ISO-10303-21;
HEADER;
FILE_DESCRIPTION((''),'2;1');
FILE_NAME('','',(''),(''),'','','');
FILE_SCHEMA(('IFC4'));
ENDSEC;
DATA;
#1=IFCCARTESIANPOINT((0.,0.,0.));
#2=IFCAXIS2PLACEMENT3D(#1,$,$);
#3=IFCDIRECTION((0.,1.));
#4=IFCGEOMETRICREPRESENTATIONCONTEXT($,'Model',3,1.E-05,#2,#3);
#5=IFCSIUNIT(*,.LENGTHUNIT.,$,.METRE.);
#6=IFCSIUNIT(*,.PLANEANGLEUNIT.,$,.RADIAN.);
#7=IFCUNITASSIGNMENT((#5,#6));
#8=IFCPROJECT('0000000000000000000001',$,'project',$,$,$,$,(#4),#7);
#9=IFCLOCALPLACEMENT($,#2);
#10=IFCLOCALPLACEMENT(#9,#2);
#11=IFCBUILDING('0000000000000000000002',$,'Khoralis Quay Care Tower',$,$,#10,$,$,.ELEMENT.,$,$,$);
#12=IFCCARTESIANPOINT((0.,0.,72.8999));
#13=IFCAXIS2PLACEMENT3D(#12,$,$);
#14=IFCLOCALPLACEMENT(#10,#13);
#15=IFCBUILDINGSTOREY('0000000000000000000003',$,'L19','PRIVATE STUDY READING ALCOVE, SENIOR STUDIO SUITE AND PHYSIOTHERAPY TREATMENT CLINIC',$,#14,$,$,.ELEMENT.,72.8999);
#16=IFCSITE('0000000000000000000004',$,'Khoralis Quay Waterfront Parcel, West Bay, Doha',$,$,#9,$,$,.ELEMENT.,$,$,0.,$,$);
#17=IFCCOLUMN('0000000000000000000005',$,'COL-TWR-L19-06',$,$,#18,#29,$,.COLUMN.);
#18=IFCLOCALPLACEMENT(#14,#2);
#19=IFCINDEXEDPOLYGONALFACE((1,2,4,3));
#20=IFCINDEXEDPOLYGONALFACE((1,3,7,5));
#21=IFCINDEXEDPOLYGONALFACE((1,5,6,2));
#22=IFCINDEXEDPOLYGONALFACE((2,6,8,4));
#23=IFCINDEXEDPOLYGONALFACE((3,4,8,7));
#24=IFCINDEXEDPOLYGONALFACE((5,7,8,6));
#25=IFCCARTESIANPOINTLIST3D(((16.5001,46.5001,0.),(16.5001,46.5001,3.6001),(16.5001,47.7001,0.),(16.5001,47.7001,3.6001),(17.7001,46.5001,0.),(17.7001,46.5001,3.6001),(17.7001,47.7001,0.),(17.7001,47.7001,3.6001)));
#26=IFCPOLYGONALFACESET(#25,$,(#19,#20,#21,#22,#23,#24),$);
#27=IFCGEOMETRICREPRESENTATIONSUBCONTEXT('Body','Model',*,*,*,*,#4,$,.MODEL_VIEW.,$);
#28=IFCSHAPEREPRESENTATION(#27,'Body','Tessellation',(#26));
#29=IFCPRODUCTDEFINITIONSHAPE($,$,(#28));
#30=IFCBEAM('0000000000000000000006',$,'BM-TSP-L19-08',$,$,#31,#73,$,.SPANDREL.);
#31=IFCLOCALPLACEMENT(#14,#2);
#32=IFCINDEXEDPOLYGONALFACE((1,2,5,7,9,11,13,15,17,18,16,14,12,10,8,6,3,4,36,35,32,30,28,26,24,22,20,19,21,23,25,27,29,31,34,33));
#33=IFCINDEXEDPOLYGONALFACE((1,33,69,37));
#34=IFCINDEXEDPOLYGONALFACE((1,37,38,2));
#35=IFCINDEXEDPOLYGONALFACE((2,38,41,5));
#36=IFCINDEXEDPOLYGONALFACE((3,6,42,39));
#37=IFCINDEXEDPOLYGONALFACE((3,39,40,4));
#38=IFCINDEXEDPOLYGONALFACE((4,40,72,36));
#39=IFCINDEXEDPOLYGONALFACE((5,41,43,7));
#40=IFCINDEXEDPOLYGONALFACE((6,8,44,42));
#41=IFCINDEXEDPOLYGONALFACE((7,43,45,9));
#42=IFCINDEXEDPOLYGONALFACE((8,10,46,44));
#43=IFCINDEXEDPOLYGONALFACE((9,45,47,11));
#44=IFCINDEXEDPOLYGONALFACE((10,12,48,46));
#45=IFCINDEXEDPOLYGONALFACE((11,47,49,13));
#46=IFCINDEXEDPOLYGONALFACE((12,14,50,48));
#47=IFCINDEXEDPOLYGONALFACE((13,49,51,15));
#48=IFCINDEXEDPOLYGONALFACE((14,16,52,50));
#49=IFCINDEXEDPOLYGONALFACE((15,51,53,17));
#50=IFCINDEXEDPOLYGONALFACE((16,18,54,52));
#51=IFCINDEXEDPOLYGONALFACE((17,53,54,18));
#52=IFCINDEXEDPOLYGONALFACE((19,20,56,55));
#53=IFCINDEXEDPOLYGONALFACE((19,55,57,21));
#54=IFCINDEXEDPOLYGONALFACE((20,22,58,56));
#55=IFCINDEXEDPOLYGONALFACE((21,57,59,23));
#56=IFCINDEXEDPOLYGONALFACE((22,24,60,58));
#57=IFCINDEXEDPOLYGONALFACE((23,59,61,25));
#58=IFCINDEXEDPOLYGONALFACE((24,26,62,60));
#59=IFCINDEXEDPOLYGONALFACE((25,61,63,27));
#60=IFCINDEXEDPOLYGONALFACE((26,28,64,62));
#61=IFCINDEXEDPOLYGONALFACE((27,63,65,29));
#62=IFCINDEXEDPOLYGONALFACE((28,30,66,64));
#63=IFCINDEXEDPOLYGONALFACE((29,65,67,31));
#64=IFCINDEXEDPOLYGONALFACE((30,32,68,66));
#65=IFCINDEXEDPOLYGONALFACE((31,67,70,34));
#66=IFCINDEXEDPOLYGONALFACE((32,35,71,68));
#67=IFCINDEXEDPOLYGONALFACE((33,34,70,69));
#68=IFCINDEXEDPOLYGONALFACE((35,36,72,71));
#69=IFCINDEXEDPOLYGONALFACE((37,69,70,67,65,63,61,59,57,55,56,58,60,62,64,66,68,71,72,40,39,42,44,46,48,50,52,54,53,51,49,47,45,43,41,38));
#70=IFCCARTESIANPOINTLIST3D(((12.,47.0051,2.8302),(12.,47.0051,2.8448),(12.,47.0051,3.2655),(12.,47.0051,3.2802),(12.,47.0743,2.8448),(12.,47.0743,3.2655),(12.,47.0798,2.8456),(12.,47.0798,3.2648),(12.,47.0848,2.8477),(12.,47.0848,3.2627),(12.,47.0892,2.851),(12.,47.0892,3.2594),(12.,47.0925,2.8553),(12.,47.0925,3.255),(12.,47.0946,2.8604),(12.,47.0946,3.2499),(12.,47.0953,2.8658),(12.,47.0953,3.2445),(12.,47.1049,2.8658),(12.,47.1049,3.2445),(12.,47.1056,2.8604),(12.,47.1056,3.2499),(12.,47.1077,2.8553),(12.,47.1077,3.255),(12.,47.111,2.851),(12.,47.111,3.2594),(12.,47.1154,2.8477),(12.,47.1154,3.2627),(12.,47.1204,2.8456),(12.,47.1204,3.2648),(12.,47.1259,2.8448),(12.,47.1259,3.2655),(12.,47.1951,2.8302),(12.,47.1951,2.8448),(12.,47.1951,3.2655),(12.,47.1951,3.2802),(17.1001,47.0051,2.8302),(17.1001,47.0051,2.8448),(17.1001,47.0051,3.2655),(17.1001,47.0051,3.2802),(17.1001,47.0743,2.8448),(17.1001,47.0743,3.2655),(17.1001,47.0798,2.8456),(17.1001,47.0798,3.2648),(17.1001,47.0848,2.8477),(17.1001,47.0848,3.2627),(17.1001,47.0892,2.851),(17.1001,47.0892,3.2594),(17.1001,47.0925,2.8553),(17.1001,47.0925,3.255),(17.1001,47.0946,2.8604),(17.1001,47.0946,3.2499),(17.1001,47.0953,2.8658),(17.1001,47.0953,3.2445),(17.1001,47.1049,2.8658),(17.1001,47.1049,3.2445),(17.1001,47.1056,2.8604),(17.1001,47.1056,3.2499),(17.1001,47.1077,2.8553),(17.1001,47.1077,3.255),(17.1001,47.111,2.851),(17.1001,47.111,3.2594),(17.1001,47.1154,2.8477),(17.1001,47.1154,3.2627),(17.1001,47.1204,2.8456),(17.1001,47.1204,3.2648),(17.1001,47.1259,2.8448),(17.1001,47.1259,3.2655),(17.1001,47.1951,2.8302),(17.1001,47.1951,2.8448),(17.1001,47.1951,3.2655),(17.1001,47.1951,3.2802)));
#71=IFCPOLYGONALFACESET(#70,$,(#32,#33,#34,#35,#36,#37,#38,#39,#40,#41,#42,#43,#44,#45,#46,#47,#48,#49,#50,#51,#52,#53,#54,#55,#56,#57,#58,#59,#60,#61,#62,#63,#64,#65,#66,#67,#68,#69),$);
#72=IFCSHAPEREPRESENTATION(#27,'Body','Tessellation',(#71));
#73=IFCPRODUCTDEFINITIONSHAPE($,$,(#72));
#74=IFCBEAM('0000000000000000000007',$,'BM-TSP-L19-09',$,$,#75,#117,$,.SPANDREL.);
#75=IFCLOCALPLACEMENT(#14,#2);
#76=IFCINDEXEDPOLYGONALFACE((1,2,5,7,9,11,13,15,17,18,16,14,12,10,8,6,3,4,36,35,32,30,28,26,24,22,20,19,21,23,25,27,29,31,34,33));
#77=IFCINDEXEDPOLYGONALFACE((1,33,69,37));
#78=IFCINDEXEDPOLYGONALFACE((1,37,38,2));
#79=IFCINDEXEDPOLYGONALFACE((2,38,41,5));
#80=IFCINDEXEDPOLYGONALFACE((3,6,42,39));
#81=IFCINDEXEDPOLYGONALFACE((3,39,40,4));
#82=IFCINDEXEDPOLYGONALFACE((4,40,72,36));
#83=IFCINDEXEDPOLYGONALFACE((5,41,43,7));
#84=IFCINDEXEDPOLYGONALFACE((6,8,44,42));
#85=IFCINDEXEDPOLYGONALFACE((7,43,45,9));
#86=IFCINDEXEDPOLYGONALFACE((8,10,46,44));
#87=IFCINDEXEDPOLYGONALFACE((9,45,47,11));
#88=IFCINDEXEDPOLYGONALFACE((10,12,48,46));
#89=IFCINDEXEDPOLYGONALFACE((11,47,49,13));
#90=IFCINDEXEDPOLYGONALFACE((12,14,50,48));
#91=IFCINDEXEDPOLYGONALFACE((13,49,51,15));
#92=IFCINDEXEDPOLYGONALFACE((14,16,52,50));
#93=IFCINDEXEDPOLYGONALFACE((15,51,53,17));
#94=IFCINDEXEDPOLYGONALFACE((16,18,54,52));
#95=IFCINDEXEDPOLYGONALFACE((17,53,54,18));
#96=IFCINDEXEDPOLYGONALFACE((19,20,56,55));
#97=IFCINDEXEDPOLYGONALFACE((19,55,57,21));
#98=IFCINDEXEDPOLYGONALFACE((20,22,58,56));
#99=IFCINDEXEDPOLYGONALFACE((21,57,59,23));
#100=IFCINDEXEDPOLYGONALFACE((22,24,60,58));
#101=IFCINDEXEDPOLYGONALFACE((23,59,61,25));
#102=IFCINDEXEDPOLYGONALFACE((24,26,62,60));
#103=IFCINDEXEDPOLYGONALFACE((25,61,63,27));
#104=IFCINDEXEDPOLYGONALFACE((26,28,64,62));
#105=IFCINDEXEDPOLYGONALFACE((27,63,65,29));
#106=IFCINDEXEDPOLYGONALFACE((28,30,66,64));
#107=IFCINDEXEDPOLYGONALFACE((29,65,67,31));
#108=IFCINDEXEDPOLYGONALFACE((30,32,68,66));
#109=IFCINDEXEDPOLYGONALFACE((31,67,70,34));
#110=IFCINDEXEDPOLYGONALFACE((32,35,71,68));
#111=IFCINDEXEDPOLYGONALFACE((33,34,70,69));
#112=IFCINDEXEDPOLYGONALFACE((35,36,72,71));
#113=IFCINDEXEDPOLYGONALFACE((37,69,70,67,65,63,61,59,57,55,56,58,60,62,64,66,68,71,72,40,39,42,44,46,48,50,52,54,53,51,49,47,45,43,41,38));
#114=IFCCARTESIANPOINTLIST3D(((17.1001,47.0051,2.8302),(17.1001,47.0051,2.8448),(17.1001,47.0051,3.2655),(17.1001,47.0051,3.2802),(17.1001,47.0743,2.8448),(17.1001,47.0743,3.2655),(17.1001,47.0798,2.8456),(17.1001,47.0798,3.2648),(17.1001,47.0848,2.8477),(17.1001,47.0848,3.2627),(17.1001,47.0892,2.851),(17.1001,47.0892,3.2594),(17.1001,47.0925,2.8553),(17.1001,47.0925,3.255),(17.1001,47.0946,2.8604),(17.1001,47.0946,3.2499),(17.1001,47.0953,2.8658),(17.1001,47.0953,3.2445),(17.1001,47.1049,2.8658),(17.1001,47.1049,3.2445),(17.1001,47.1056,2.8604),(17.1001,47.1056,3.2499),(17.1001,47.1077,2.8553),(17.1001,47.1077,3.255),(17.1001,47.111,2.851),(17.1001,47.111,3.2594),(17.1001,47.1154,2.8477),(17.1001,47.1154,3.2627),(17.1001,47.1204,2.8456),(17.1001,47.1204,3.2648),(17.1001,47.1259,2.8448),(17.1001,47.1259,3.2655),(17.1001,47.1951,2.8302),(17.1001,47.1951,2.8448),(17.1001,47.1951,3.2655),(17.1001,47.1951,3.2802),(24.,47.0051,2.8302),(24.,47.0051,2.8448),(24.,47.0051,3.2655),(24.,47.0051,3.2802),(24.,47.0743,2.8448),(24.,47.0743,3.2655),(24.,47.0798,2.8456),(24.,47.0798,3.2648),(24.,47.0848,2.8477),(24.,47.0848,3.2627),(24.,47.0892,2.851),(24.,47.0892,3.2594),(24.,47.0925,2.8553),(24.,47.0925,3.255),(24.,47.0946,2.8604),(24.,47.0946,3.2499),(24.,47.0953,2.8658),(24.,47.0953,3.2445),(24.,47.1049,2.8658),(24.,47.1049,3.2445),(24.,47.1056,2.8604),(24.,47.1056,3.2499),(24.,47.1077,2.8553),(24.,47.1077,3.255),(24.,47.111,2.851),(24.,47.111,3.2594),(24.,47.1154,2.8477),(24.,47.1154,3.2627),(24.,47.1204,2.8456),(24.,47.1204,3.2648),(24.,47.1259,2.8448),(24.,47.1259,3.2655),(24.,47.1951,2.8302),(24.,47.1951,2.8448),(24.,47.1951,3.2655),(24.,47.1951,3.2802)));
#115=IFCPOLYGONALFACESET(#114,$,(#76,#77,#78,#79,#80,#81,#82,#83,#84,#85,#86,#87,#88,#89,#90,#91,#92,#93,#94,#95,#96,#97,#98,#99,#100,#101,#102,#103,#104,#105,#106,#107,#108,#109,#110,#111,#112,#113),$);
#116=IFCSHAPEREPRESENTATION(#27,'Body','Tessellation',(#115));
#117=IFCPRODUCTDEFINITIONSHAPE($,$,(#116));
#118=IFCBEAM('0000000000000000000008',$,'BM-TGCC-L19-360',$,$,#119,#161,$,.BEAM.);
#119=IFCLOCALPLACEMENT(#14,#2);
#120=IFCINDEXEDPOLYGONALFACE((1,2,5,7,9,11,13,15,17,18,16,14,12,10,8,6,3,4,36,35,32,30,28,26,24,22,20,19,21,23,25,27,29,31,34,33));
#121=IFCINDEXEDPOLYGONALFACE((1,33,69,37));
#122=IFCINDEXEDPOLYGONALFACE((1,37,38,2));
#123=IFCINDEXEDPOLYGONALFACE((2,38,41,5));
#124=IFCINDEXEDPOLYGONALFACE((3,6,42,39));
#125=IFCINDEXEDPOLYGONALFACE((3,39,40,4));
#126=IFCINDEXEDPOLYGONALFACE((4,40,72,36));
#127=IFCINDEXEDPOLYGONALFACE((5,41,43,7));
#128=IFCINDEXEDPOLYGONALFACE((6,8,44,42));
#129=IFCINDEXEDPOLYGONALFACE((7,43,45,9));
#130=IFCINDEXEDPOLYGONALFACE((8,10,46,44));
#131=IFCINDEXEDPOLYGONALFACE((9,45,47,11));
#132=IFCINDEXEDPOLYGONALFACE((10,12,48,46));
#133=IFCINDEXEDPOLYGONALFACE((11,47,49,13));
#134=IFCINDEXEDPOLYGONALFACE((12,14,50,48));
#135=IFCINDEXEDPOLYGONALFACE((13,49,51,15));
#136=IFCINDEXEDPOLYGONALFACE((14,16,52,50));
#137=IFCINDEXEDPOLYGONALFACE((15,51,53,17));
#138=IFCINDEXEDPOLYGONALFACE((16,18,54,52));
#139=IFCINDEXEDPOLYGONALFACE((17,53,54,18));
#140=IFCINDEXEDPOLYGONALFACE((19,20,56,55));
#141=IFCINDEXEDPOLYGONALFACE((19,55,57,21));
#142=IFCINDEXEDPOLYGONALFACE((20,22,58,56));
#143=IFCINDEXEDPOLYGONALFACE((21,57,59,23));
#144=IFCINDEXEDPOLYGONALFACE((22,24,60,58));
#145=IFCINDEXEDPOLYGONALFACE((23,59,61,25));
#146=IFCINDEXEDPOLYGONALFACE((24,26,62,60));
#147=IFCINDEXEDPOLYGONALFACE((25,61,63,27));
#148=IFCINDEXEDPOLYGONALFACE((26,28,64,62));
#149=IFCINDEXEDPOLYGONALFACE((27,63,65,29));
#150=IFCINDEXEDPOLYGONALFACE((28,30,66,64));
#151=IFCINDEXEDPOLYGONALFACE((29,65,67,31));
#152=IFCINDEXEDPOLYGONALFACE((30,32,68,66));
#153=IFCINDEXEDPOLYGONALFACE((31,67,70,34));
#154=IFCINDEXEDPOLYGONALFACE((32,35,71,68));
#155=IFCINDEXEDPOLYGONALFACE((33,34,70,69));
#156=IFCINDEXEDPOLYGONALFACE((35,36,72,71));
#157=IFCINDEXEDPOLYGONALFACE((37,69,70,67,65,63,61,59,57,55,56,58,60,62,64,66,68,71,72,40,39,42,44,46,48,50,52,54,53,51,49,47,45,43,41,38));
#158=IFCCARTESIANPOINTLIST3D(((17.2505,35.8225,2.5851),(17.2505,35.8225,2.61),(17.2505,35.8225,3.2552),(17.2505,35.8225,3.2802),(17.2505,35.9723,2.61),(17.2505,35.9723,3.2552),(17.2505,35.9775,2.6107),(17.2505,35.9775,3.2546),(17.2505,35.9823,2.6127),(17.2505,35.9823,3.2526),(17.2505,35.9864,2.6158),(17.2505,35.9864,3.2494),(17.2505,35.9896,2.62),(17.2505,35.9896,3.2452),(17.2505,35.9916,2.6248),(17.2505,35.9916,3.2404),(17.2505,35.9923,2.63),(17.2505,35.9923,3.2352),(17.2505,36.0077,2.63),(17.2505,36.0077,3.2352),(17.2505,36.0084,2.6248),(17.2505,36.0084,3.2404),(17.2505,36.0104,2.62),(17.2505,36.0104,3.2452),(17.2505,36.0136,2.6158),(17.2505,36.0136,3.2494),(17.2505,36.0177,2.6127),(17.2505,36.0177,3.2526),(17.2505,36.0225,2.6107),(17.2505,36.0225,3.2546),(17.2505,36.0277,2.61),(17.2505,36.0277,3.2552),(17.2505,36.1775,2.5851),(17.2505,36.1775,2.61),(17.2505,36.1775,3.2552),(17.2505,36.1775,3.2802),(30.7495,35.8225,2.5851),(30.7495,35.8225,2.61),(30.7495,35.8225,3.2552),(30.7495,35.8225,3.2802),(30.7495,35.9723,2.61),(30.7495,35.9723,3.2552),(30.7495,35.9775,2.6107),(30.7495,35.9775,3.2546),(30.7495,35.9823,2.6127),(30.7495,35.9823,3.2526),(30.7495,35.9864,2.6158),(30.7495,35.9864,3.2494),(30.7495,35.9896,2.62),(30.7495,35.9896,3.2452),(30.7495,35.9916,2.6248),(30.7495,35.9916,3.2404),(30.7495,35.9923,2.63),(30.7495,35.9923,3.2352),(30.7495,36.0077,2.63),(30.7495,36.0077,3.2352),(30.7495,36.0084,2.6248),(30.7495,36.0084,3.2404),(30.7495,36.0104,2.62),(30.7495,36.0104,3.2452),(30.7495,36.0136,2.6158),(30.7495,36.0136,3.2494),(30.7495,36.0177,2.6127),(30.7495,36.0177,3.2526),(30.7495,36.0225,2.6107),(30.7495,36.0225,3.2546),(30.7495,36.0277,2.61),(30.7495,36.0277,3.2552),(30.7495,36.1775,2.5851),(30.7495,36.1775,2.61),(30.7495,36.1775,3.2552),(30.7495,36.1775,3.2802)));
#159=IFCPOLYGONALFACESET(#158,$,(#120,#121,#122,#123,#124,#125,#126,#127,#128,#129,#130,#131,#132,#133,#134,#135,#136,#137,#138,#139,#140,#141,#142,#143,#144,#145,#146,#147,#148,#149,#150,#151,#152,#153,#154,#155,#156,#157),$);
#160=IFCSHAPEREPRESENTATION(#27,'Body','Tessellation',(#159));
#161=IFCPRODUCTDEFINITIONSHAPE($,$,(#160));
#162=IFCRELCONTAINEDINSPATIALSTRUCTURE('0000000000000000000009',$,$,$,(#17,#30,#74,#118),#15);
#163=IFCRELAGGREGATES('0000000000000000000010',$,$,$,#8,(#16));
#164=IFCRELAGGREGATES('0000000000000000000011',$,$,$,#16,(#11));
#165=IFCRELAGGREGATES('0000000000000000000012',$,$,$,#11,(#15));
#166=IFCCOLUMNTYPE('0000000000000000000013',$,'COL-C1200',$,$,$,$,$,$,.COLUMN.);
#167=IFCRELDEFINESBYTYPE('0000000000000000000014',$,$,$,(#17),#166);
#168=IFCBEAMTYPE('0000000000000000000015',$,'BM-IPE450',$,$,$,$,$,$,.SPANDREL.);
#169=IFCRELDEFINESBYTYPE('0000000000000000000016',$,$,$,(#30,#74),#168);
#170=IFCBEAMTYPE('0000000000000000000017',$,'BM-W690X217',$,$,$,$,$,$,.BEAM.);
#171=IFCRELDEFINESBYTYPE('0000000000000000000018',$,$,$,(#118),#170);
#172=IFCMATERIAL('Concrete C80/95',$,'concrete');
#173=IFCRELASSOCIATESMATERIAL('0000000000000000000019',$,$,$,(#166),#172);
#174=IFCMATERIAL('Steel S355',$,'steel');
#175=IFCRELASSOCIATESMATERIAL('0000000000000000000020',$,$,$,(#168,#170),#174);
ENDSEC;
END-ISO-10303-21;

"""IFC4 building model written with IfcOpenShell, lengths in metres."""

from ifc_helpers import new_model, si_unit, direction, frame, origin, origin_2d, place, context, subcontext, project, spatial, rectangle, i_section, extrude, source, transform, mapped, material, material_profile, profile_set, type_object, element, save


model = new_model("IFC4")

# Units and contexts
model_context = context("Model", 3, precision=1e-05, world=origin(), true_north=direction((0.0, 1.0)))
body_context = subcontext(model_context, "Body", "Model", "MODEL_VIEW")
ifc_project = project(units=[si_unit("LENGTHUNIT", "METRE"), si_unit("PLANEANGLEUNIT", "RADIAN")], contexts=[model_context])

# Site, building, storey
site_placement = place(None, origin())
site = spatial("IfcSite", under=ifc_project, at=site_placement, Name="Khoralis Quay Waterfront Parcel, West Bay, Doha", CompositionType="ELEMENT", RefElevation=0.0)
building_placement = place(site_placement, origin())
building = spatial("IfcBuilding", under=site, at=building_placement, Name="Khoralis Quay Care Tower", CompositionType="ELEMENT")
storey_placement = place(building_placement, frame((0.0, 0.0, 72.8999)))
storey = spatial("IfcBuildingStorey", under=building, at=storey_placement, Name="L19", Description="PRIVATE STUDY READING ALCOVE, SENIOR STUDIO SUITE AND PHYSIOTHERAPY TREATMENT CLINIC", CompositionType="ELEMENT", Elevation=72.8999)

# Column
ifc_material_1 = material(Name="Concrete C80/95", Category="concrete")
ifc_material_profile_1 = material_profile(ifc_material_1, rectangle(XDim=1.2, YDim=1.2, at=origin_2d()), Name="Concrete C80/95")
ifc_profile_set_1 = profile_set([ifc_material_profile_1], Name="Concrete C80/95")
column_type = type_object("IfcColumnType", Name="COL-C1200", PredefinedType="COLUMN", material=ifc_profile_set_1)
shared_shape_1 = source(origin(), body_context, "Body", "SweptSolid", [
    extrude(rectangle(XDim=1.2, YDim=1.2, at=origin_2d()), origin(), (0.0, 0.0, 1.0), 3.6001),
])
column_placement = place(storey_placement, frame((17.1001, 47.1001, 0.0), z_axis=(0.0, 0.0, 1.0), x_axis=(1.0, 0.0, 0.0)))
element("IfcColumn", 1, at=column_placement, inside=storey, type_object=column_type, Name="COL-TWR-L19-06", PredefinedType="COLUMN", context=body_context, shape_type="MappedRepresentation", body=[
    mapped(shared_shape_1, transform((0.0, 0.0, 0.0), scale=1.0)),
])

# Beams
ifc_material_2 = material(Name="Steel S355", Category="steel")
ifc_material_profile_2 = material_profile(ifc_material_2, i_section(OverallWidth=0.1899, OverallDepth=0.45, WebThickness=0.0095, FlangeThickness=0.0146, FilletRadius=0.021, at=origin_2d()), Name="Steel S355")
ifc_profile_set_2 = profile_set([ifc_material_profile_2], Name="Steel S355")
beam_type_1 = type_object("IfcBeamType", Name="BM-IPE450", PredefinedType="SPANDREL", material=ifc_profile_set_2)
shared_shape_2 = source(origin(), body_context, "Body", "SweptSolid", [
    extrude(i_section(OverallWidth=0.1899, OverallDepth=0.45, WebThickness=0.0095, FlangeThickness=0.0146, FilletRadius=0.021, at=origin_2d()), origin(), (0.0, 0.0, 1.0), 5.1001),
])
beam_1_placement = place(storey_placement, frame((12.0, 47.1001, 3.0552), z_axis=(1.0, 0.0, 0.0), x_axis=(0.0, 1.0, 0.0)))
element("IfcBeam", 2, at=beam_1_placement, inside=storey, type_object=beam_type_1, Name="BM-TSP-L19-08", PredefinedType="SPANDREL", context=body_context, shape_type="MappedRepresentation", body=[
    mapped(shared_shape_2, transform((0.0, 0.0, 0.0), scale=1.0)),
])
shared_shape_3 = source(origin(), body_context, "Body", "SweptSolid", [
    extrude(i_section(OverallWidth=0.1899, OverallDepth=0.45, WebThickness=0.0095, FlangeThickness=0.0146, FilletRadius=0.021, at=origin_2d()), origin(), (0.0, 0.0, 1.0), 6.8999),
])
beam_2_placement = place(storey_placement, frame((17.1001, 47.1001, 3.0552), z_axis=(1.0, 0.0, 0.0), x_axis=(0.0, 1.0, 0.0)))
element("IfcBeam", 3, at=beam_2_placement, inside=storey, type_object=beam_type_1, Name="BM-TSP-L19-09", PredefinedType="SPANDREL", context=body_context, shape_type="MappedRepresentation", body=[
    mapped(shared_shape_3, transform((0.0, 0.0, 0.0), scale=1.0)),
])
ifc_material_profile_3 = material_profile(ifc_material_2, i_section(OverallWidth=0.355, OverallDepth=0.6951, WebThickness=0.0154, FlangeThickness=0.0249, FilletRadius=0.02, at=origin_2d()), Name="Steel S355")
ifc_profile_set_3 = profile_set([ifc_material_profile_3], Name="Steel S355")
beam_type_2 = type_object("IfcBeamType", Name="BM-W690X217", PredefinedType="BEAM", material=ifc_profile_set_3)
shared_shape_4 = source(origin(), body_context, "Body", "SweptSolid", [
    extrude(i_section(OverallWidth=0.355, OverallDepth=0.6951, WebThickness=0.0154, FlangeThickness=0.0249, FilletRadius=0.02, at=origin_2d()), origin(), (0.0, 0.0, 1.0), 13.499),
])
beam_3_placement = place(storey_placement, frame((17.2505, 36.0, 2.9326), z_axis=(1.0, 0.0, 0.0), x_axis=(0.0, 1.0, 0.0)))
element("IfcBeam", 4, at=beam_3_placement, inside=storey, type_object=beam_type_2, Name="BM-TGCC-L19-360", PredefinedType="BEAM", context=body_context, shape_type="MappedRepresentation", body=[
    mapped(shared_shape_4, transform((0.0, 0.0, 0.0), scale=1.0)),
])

save(model, "model.ifc")
